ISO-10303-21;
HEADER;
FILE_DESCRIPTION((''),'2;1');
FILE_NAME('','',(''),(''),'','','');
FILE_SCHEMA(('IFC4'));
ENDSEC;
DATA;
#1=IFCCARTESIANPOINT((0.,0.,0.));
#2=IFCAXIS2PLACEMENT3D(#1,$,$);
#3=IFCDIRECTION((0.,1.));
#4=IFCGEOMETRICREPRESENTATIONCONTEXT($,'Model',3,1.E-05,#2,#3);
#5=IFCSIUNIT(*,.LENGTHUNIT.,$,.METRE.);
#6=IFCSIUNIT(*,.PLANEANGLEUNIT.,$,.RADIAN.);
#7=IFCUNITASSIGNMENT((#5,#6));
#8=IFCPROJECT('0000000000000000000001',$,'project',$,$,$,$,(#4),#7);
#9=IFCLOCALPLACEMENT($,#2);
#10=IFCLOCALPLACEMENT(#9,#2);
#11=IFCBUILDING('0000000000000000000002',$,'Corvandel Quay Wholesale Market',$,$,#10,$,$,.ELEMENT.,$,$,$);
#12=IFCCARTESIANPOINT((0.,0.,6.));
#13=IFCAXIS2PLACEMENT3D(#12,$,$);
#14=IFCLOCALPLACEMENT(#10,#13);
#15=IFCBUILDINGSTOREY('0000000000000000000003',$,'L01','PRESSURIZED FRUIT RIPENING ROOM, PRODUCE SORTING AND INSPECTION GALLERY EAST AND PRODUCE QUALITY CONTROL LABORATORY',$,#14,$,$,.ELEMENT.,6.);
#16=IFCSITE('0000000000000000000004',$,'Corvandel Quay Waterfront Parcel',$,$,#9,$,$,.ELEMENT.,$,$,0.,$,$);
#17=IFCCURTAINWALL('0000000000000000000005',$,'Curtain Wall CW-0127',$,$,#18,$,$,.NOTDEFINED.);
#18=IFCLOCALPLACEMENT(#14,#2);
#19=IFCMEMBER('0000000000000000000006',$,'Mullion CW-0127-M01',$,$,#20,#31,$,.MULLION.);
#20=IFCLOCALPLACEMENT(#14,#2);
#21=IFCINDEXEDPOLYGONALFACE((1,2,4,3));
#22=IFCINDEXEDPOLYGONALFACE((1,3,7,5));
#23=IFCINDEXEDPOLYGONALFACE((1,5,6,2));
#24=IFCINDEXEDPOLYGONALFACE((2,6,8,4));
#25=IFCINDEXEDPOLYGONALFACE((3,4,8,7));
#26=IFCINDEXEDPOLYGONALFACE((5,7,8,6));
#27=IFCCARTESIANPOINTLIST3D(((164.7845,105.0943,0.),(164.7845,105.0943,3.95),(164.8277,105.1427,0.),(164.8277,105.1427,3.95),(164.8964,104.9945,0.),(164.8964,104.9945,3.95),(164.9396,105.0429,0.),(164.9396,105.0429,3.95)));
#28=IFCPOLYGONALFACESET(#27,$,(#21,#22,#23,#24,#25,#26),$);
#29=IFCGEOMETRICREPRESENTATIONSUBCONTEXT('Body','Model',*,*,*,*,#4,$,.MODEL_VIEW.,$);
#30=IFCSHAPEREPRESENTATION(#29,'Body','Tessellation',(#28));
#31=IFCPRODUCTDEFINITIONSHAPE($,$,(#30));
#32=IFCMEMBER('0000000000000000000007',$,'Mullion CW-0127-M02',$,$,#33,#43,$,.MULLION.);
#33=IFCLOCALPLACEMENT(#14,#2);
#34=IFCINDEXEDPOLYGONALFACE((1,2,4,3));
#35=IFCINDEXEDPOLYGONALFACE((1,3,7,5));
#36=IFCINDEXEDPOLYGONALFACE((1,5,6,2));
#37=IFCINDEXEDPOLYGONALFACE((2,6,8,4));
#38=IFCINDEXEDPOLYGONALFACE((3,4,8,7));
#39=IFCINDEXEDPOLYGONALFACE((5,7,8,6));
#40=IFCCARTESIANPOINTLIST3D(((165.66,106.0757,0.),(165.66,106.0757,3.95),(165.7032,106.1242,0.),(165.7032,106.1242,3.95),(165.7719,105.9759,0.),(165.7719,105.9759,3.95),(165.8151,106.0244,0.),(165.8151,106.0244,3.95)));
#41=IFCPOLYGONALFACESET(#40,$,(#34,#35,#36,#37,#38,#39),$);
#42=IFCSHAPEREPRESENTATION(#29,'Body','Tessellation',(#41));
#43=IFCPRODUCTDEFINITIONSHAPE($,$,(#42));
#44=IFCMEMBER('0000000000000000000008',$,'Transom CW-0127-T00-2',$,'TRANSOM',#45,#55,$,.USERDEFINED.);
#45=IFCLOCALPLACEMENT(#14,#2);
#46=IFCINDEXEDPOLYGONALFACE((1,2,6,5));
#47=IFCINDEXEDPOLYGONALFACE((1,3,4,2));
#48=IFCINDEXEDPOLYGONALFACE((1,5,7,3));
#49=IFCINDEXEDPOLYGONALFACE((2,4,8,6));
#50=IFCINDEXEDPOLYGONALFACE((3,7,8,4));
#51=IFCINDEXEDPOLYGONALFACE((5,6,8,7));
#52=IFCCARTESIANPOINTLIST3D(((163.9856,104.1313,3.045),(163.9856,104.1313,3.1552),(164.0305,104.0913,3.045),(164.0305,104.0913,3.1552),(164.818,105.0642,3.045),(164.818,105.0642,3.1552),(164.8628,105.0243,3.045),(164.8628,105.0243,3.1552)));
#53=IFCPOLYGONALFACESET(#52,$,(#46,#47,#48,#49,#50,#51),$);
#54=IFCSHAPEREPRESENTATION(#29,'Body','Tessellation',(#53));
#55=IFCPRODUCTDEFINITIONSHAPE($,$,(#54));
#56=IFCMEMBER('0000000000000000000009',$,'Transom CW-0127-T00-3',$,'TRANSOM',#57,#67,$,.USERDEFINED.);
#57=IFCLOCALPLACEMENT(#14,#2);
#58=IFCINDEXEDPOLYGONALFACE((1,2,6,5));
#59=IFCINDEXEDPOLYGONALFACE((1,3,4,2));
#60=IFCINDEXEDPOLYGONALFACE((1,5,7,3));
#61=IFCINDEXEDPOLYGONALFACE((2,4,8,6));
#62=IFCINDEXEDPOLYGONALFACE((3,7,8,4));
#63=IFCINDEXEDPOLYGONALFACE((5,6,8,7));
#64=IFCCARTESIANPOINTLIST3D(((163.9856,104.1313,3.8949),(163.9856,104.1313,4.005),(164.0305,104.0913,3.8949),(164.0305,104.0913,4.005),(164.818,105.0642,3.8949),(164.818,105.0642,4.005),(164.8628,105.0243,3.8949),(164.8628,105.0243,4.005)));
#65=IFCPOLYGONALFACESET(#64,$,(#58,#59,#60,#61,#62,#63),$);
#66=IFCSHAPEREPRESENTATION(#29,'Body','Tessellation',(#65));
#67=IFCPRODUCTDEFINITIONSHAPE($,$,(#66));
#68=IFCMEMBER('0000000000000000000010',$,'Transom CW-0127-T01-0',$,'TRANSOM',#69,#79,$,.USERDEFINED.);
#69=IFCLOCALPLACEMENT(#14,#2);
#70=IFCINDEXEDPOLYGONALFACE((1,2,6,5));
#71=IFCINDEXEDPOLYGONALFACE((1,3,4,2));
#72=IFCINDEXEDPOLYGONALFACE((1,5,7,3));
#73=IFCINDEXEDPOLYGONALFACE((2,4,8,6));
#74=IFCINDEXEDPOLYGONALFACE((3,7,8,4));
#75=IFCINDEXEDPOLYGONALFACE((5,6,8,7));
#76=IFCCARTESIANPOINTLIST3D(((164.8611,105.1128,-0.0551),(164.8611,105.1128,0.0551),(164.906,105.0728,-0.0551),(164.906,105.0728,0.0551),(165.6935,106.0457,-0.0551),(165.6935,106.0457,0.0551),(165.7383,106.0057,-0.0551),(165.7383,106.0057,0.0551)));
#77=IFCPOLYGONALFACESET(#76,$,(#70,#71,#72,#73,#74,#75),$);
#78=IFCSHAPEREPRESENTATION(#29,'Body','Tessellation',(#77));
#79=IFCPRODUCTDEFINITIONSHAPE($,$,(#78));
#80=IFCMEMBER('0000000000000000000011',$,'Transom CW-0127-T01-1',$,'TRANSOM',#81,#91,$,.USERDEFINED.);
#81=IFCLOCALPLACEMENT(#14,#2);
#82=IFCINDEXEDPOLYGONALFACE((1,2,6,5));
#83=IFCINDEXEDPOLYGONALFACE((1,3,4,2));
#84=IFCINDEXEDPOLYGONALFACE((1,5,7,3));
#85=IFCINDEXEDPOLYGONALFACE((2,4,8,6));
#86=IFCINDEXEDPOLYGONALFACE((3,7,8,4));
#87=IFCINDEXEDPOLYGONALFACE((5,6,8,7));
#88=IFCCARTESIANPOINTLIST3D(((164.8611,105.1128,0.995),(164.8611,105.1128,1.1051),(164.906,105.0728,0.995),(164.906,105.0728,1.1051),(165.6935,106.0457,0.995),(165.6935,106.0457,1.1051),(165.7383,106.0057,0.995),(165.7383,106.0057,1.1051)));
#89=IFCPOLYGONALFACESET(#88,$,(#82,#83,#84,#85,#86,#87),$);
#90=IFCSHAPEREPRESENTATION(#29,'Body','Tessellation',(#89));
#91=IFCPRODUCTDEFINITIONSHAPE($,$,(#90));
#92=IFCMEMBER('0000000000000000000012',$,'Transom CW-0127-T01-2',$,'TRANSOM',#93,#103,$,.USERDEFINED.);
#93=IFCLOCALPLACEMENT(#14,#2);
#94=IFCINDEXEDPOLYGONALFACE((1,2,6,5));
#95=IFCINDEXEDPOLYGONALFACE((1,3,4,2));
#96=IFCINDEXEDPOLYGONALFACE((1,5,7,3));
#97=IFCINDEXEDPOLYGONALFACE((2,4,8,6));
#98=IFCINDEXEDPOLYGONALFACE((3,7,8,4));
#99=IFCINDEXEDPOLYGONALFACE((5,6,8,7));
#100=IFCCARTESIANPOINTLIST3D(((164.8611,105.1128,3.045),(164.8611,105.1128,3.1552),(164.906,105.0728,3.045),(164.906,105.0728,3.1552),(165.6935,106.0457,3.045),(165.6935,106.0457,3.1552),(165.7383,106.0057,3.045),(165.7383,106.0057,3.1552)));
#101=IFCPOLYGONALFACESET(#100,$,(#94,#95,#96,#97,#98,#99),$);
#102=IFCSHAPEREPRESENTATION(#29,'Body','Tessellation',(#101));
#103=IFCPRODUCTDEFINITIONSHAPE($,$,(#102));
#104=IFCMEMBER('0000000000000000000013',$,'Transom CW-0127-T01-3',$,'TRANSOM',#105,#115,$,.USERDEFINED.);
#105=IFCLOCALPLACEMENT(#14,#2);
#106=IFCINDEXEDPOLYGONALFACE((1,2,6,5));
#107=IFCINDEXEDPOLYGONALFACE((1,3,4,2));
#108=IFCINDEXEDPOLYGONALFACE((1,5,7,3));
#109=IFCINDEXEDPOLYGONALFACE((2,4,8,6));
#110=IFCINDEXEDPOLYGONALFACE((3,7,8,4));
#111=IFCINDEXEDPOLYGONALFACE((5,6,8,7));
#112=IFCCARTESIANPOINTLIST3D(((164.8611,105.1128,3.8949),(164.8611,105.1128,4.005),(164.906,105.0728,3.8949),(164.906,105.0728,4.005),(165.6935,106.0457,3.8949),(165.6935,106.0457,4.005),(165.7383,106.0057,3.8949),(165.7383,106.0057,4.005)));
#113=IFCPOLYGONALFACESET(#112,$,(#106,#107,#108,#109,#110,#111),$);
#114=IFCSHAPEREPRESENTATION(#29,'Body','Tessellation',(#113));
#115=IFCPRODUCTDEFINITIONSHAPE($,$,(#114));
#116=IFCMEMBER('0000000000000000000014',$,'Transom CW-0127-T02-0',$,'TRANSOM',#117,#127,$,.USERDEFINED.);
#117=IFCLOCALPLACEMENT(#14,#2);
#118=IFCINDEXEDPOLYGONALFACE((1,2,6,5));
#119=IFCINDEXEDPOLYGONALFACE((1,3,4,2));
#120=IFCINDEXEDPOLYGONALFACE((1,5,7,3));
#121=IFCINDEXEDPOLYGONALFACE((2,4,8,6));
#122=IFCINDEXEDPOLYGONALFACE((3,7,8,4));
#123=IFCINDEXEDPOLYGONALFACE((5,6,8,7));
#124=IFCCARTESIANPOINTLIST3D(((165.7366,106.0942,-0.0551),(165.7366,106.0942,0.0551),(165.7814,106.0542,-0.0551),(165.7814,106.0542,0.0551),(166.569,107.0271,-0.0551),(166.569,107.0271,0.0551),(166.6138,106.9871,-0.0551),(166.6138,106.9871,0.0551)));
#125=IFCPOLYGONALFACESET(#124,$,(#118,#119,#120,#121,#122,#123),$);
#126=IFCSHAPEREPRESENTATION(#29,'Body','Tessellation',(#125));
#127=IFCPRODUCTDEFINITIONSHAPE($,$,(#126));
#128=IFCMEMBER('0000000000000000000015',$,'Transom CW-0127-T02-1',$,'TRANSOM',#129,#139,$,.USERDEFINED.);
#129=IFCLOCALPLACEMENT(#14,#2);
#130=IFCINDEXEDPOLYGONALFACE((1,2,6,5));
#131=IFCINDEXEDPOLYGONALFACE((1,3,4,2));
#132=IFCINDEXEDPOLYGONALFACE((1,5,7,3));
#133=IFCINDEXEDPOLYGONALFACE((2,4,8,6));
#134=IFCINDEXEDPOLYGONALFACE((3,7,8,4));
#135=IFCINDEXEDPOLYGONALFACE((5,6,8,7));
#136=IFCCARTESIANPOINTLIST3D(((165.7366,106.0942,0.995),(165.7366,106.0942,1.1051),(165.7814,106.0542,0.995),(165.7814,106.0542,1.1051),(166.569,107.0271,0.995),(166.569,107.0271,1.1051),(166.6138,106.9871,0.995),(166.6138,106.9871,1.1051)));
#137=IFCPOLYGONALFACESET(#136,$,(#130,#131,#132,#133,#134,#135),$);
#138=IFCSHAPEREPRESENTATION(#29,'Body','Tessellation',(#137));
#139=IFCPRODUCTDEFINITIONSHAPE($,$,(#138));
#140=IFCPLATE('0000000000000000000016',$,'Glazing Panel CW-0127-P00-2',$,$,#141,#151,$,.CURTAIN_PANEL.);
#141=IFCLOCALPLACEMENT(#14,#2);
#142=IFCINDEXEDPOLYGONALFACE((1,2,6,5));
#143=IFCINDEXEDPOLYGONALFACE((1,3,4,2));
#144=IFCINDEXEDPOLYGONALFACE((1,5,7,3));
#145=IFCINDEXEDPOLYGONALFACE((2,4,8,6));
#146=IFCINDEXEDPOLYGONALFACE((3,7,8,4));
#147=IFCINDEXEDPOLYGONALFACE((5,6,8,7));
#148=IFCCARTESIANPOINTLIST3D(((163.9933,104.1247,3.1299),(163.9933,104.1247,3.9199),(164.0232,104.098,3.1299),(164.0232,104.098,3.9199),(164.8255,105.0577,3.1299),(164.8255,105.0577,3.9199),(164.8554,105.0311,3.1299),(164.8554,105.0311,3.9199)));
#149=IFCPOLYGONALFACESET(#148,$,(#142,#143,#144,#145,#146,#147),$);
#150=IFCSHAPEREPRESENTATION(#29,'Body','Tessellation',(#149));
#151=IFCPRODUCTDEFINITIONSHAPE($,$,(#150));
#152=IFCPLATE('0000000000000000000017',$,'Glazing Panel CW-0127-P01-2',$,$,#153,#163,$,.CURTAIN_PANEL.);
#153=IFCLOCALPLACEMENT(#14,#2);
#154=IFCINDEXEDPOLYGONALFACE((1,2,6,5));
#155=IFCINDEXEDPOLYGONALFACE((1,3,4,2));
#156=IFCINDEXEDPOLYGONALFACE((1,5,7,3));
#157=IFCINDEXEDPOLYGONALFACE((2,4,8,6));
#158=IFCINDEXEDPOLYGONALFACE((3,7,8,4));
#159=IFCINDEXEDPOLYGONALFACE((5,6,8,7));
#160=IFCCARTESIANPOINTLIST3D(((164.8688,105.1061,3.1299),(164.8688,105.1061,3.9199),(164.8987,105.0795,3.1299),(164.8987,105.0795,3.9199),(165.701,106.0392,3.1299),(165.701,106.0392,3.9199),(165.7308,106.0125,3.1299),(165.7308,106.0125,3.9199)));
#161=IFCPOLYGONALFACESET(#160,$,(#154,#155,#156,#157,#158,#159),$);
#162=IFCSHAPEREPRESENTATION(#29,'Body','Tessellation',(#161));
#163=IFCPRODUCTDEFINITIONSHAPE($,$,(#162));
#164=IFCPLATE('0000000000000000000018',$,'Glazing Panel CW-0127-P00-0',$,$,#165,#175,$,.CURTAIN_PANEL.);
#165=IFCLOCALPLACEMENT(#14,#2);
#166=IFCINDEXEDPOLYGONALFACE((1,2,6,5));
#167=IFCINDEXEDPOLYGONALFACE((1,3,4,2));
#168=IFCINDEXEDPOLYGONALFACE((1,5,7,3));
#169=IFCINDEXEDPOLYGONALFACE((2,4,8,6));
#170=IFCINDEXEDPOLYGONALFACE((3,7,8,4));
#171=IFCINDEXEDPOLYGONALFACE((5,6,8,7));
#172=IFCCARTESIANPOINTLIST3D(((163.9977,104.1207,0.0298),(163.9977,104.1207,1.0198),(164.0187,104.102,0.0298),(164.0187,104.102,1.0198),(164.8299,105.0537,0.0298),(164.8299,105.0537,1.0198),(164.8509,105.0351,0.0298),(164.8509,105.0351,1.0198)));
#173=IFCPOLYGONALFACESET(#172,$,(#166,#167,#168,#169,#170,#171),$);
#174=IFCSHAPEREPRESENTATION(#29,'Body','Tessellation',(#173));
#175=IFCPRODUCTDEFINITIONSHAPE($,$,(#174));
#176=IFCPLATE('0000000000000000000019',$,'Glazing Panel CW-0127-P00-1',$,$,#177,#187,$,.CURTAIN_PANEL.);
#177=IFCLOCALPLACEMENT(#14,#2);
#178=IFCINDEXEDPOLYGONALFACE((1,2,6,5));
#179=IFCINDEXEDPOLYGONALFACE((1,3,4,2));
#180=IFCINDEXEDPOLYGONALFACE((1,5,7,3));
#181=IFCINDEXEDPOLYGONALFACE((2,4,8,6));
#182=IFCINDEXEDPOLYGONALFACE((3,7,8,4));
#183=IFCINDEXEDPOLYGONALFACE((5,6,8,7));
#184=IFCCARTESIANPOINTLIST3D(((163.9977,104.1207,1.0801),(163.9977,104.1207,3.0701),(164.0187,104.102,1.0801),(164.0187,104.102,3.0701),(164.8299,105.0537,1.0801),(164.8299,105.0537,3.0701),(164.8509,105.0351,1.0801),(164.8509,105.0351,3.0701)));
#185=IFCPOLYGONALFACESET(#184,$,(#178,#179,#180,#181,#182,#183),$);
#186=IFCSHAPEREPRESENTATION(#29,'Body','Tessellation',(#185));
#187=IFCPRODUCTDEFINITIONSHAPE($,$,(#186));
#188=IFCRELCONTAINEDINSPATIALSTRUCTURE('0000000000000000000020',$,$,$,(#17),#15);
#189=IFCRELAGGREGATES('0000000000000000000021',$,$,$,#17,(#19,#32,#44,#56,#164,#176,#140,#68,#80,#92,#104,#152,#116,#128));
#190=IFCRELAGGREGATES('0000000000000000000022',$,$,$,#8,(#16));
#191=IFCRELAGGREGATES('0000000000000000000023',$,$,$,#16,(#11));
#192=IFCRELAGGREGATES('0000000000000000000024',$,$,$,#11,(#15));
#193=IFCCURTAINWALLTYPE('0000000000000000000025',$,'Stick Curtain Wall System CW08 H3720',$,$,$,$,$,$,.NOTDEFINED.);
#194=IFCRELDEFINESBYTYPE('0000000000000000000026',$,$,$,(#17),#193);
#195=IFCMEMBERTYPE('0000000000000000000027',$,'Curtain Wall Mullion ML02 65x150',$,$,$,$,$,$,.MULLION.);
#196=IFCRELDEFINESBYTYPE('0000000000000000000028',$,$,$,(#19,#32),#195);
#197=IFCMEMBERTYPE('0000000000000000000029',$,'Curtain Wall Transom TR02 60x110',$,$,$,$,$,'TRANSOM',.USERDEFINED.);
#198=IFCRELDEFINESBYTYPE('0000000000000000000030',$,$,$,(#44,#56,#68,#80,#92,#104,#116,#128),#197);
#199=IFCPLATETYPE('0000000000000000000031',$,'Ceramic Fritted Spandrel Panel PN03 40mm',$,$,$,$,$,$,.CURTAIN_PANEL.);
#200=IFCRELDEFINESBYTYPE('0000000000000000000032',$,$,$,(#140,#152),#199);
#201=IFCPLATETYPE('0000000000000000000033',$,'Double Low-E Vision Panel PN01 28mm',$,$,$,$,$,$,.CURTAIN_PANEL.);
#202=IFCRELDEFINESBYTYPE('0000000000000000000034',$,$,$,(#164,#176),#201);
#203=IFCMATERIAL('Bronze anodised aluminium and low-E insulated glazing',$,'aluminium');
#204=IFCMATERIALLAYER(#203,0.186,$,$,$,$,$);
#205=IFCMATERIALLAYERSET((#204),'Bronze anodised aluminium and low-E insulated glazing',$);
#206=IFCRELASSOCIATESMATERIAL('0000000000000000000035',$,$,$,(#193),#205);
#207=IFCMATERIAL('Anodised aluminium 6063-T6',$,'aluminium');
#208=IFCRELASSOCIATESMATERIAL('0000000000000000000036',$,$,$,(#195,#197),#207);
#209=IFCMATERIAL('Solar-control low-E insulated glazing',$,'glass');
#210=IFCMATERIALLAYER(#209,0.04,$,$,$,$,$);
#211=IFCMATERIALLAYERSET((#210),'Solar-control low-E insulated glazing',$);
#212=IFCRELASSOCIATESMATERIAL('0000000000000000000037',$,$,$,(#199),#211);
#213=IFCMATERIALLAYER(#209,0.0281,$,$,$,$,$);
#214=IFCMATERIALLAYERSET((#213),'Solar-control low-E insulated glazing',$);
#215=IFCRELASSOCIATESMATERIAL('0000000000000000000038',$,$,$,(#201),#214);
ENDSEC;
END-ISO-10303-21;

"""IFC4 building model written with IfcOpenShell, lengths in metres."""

from ifc_helpers import new_model, si_unit, direction, frame, origin, origin_2d, place, context, subcontext, project, spatial, rectangle, extrude, material, layer, layer_set, material_profile, profile_set, type_object, element, aggregate, save


model = new_model("IFC4")

# Units and contexts
model_context = context("Model", 3, precision=1e-05, world=origin(), true_north=direction((0.0, 1.0)))
body_context = subcontext(model_context, "Body", "Model", "MODEL_VIEW")
ifc_project = project(units=[si_unit("LENGTHUNIT", "METRE"), si_unit("PLANEANGLEUNIT", "RADIAN")], contexts=[model_context])

# Site, building, storey
site_placement = place(None, origin())
site = spatial("IfcSite", under=ifc_project, at=site_placement, Name="Corvandel Quay Waterfront Parcel", CompositionType="ELEMENT", RefElevation=0.0)
building_placement = place(site_placement, origin())
building = spatial("IfcBuilding", under=site, at=building_placement, Name="Corvandel Quay Wholesale Market", CompositionType="ELEMENT")
storey_placement = place(building_placement, frame((0.0, 0.0, 6.0)))
storey = spatial("IfcBuildingStorey", under=building, at=storey_placement, Name="L01", Description="PRESSURIZED FRUIT RIPENING ROOM, PRODUCE SORTING AND INSPECTION GALLERY EAST AND PRODUCE QUALITY CONTROL LABORATORY", CompositionType="ELEMENT", Elevation=6.0)

# Curtain wall, members, plates
ifc_material_1 = material(Name="Bronze anodised aluminium and low-E insulated glazing", Category="aluminium")
ifc_layer_1 = layer(ifc_material_1, 0.186)
ifc_layer_set_1 = layer_set([ifc_layer_1], Name="Bronze anodised aluminium and low-E insulated glazing")
curtain_wall_type = type_object("IfcCurtainWallType", Name="Stick Curtain Wall System CW08 H3720", PredefinedType="NOTDEFINED", material=ifc_layer_set_1)
curtain_wall_placement = place(storey_placement, origin())
curtain_wall = element("IfcCurtainWall", 1, at=curtain_wall_placement, inside=storey, type_object=curtain_wall_type, Name="Curtain Wall CW-0127", PredefinedType="NOTDEFINED")
ifc_material_2 = material(Name="Anodised aluminium 6063-T6", Category="aluminium")
ifc_material_profile_1 = material_profile(ifc_material_2, rectangle(XDim=0.0649, YDim=0.1499, at=origin_2d()), Name="ALU-MUL-65x150")
ifc_profile_set_1 = profile_set([ifc_material_profile_1], Name="Anodised aluminium 6063-T6")
member_type_1 = type_object("IfcMemberType", Name="Curtain Wall Mullion ML02 65x150", PredefinedType="MULLION", material=ifc_profile_set_1)
member_1_placement = place(storey_placement, frame((164.8621, 105.0686, 0.0), z_axis=(0.0, 0.0, 1.0), x_axis=(0.665621, 0.74629, 0.0)))
member_1 = element("IfcMember", 2, at=member_1_placement, type_object=member_type_1, Name="Mullion CW-0127-M01", PredefinedType="MULLION", context=body_context, shape_type="SweptSolid", body=[
    extrude(rectangle(XDim=0.0649, YDim=0.1499, at=origin_2d()), origin(), (0.0, 0.0, 1.0), 3.95),
])
member_2_placement = place(storey_placement, frame((165.7375, 106.05, 0.0), z_axis=(0.0, 0.0, 1.0), x_axis=(0.665621, 0.74629, 0.0)))
member_2 = element("IfcMember", 3, at=member_2_placement, type_object=member_type_1, Name="Mullion CW-0127-M02", PredefinedType="MULLION", context=body_context, shape_type="SweptSolid", body=[
    extrude(rectangle(XDim=0.0649, YDim=0.1499, at=origin_2d()), origin(), (0.0, 0.0, 1.0), 3.95),
])
ifc_material_profile_2 = material_profile(ifc_material_2, rectangle(XDim=0.0601, YDim=0.1101, at=origin_2d()), Name="ALU-TRN-60x110")
ifc_profile_set_2 = profile_set([ifc_material_profile_2], Name="Anodised aluminium 6063-T6")
member_type_2 = type_object("IfcMemberType", Name="Curtain Wall Transom TR02 60x110", ElementType="TRANSOM", PredefinedType="USERDEFINED", material=ifc_profile_set_2)
member_3_placement = place(storey_placement, frame((164.0081, 104.1113, 3.1001), z_axis=(0.665732, 0.746191, 0.0), x_axis=(-0.746191, 0.665732, 0.0)))
member_3 = element("IfcMember", 4, at=member_3_placement, type_object=member_type_2, Name="Transom CW-0127-T00-2", ObjectType="TRANSOM", PredefinedType="USERDEFINED", context=body_context, shape_type="SweptSolid", body=[
    extrude(rectangle(XDim=0.0601, YDim=0.1101, at=origin_2d()), origin(), (0.0, 0.0, 1.0), 1.2502),
])
member_4_placement = place(storey_placement, frame((164.0081, 104.1113, 3.95), z_axis=(0.665732, 0.746191, 0.0), x_axis=(-0.746191, 0.665732, 0.0)))
member_4 = element("IfcMember", 5, at=member_4_placement, type_object=member_type_2, Name="Transom CW-0127-T00-3", ObjectType="TRANSOM", PredefinedType="USERDEFINED", context=body_context, shape_type="SweptSolid", body=[
    extrude(rectangle(XDim=0.0601, YDim=0.1101, at=origin_2d()), origin(), (0.0, 0.0, 1.0), 1.2502),
])
member_5_placement = place(storey_placement, frame((164.8835, 105.0928, 0.0), z_axis=(0.665732, 0.746191, 0.0), x_axis=(-0.746191, 0.665732, 0.0)))
member_5 = element("IfcMember", 6, at=member_5_placement, type_object=member_type_2, Name="Transom CW-0127-T01-0", ObjectType="TRANSOM", PredefinedType="USERDEFINED", context=body_context, shape_type="SweptSolid", body=[
    extrude(rectangle(XDim=0.0601, YDim=0.1101, at=origin_2d()), origin(), (0.0, 0.0, 1.0), 1.2502),
])
member_6_placement = place(storey_placement, frame((164.8835, 105.0928, 1.05), z_axis=(0.665732, 0.746191, 0.0), x_axis=(-0.746191, 0.665732, 0.0)))
member_6 = element("IfcMember", 7, at=member_6_placement, type_object=member_type_2, Name="Transom CW-0127-T01-1", ObjectType="TRANSOM", PredefinedType="USERDEFINED", context=body_context, shape_type="SweptSolid", body=[
    extrude(rectangle(XDim=0.0601, YDim=0.1101, at=origin_2d()), origin(), (0.0, 0.0, 1.0), 1.2502),
])
member_7_placement = place(storey_placement, frame((164.8835, 105.0928, 3.1001), z_axis=(0.665732, 0.746191, 0.0), x_axis=(-0.746191, 0.665732, 0.0)))
member_7 = element("IfcMember", 8, at=member_7_placement, type_object=member_type_2, Name="Transom CW-0127-T01-2", ObjectType="TRANSOM", PredefinedType="USERDEFINED", context=body_context, shape_type="SweptSolid", body=[
    extrude(rectangle(XDim=0.0601, YDim=0.1101, at=origin_2d()), origin(), (0.0, 0.0, 1.0), 1.2502),
])
member_8_placement = place(storey_placement, frame((164.8835, 105.0928, 3.95), z_axis=(0.665732, 0.746191, 0.0), x_axis=(-0.746191, 0.665732, 0.0)))
member_8 = element("IfcMember", 9, at=member_8_placement, type_object=member_type_2, Name="Transom CW-0127-T01-3", ObjectType="TRANSOM", PredefinedType="USERDEFINED", context=body_context, shape_type="SweptSolid", body=[
    extrude(rectangle(XDim=0.0601, YDim=0.1101, at=origin_2d()), origin(), (0.0, 0.0, 1.0), 1.2502),
])
member_9_placement = place(storey_placement, frame((165.759, 106.0742, 0.0), z_axis=(0.665732, 0.746191, 0.0), x_axis=(-0.746191, 0.665732, 0.0)))
member_9 = element("IfcMember", 10, at=member_9_placement, type_object=member_type_2, Name="Transom CW-0127-T02-0", ObjectType="TRANSOM", PredefinedType="USERDEFINED", context=body_context, shape_type="SweptSolid", body=[
    extrude(rectangle(XDim=0.0601, YDim=0.1101, at=origin_2d()), origin(), (0.0, 0.0, 1.0), 1.2502),
])
member_10_placement = place(storey_placement, frame((165.759, 106.0742, 1.05), z_axis=(0.665732, 0.746191, 0.0), x_axis=(-0.746191, 0.665732, 0.0)))
member_10 = element("IfcMember", 11, at=member_10_placement, type_object=member_type_2, Name="Transom CW-0127-T02-1", ObjectType="TRANSOM", PredefinedType="USERDEFINED", context=body_context, shape_type="SweptSolid", body=[
    extrude(rectangle(XDim=0.0601, YDim=0.1101, at=origin_2d()), origin(), (0.0, 0.0, 1.0), 1.2502),
])
ifc_material_3 = material(Name="Solar-control low-E insulated glazing", Category="glass")
ifc_layer_2 = layer(ifc_material_3, 0.04)
ifc_layer_set_2 = layer_set([ifc_layer_2], Name="Solar-control low-E insulated glazing")
plate_type_1 = type_object("IfcPlateType", Name="Ceramic Fritted Spandrel Panel PN03 40mm", PredefinedType="CURTAIN_PANEL", material=ifc_layer_set_2)
plate_1_placement = place(storey_placement, frame((164.4243, 104.5779, 3.1299), z_axis=(0.0, 0.0, 1.0), x_axis=(0.665621, 0.74629, 0.0)))
plate_1 = element("IfcPlate", 12, at=plate_1_placement, type_object=plate_type_1, Name="Glazing Panel CW-0127-P00-2", PredefinedType="CURTAIN_PANEL", context=body_context, shape_type="SweptSolid", body=[
    extrude(rectangle(XDim=1.2502, YDim=0.04, at=origin_2d()), origin(), (0.0, 0.0, 1.0), 0.79),
])
plate_2_placement = place(storey_placement, frame((165.2998, 105.5593, 3.1299), z_axis=(0.0, 0.0, 1.0), x_axis=(0.665621, 0.74629, 0.0)))
plate_2 = element("IfcPlate", 13, at=plate_2_placement, type_object=plate_type_1, Name="Glazing Panel CW-0127-P01-2", PredefinedType="CURTAIN_PANEL", context=body_context, shape_type="SweptSolid", body=[
    extrude(rectangle(XDim=1.2502, YDim=0.04, at=origin_2d()), origin(), (0.0, 0.0, 1.0), 0.79),
])
ifc_layer_3 = layer(ifc_material_3, 0.0281)
ifc_layer_set_3 = layer_set([ifc_layer_3], Name="Solar-control low-E insulated glazing")
plate_type_2 = type_object("IfcPlateType", Name="Double Low-E Vision Panel PN01 28mm", PredefinedType="CURTAIN_PANEL", material=ifc_layer_set_3)
plate_3_placement = place(storey_placement, frame((164.4243, 104.5779, 0.0298), z_axis=(0.0, 0.0, 1.0), x_axis=(0.665621, 0.74629, 0.0)))
plate_3 = element("IfcPlate", 14, at=plate_3_placement, type_object=plate_type_2, Name="Glazing Panel CW-0127-P00-0", PredefinedType="CURTAIN_PANEL", context=body_context, shape_type="SweptSolid", body=[
    extrude(rectangle(XDim=1.2502, YDim=0.0281, at=origin_2d()), origin(), (0.0, 0.0, 1.0), 0.99),
])
plate_4_placement = place(storey_placement, frame((164.4243, 104.5779, 1.0801), z_axis=(0.0, 0.0, 1.0), x_axis=(0.665621, 0.74629, 0.0)))
plate_4 = element("IfcPlate", 15, at=plate_4_placement, type_object=plate_type_2, Name="Glazing Panel CW-0127-P00-1", PredefinedType="CURTAIN_PANEL", context=body_context, shape_type="SweptSolid", body=[
    extrude(rectangle(XDim=1.2502, YDim=0.0281, at=origin_2d()), origin(), (0.0, 0.0, 1.0), 1.99),
])
aggregate(curtain_wall, [member_1, member_2, member_3, member_4, plate_3, plate_4, plate_1, member_5, member_6, member_7, member_8, plate_2, member_9, member_10])

save(model, "model.ifc")
